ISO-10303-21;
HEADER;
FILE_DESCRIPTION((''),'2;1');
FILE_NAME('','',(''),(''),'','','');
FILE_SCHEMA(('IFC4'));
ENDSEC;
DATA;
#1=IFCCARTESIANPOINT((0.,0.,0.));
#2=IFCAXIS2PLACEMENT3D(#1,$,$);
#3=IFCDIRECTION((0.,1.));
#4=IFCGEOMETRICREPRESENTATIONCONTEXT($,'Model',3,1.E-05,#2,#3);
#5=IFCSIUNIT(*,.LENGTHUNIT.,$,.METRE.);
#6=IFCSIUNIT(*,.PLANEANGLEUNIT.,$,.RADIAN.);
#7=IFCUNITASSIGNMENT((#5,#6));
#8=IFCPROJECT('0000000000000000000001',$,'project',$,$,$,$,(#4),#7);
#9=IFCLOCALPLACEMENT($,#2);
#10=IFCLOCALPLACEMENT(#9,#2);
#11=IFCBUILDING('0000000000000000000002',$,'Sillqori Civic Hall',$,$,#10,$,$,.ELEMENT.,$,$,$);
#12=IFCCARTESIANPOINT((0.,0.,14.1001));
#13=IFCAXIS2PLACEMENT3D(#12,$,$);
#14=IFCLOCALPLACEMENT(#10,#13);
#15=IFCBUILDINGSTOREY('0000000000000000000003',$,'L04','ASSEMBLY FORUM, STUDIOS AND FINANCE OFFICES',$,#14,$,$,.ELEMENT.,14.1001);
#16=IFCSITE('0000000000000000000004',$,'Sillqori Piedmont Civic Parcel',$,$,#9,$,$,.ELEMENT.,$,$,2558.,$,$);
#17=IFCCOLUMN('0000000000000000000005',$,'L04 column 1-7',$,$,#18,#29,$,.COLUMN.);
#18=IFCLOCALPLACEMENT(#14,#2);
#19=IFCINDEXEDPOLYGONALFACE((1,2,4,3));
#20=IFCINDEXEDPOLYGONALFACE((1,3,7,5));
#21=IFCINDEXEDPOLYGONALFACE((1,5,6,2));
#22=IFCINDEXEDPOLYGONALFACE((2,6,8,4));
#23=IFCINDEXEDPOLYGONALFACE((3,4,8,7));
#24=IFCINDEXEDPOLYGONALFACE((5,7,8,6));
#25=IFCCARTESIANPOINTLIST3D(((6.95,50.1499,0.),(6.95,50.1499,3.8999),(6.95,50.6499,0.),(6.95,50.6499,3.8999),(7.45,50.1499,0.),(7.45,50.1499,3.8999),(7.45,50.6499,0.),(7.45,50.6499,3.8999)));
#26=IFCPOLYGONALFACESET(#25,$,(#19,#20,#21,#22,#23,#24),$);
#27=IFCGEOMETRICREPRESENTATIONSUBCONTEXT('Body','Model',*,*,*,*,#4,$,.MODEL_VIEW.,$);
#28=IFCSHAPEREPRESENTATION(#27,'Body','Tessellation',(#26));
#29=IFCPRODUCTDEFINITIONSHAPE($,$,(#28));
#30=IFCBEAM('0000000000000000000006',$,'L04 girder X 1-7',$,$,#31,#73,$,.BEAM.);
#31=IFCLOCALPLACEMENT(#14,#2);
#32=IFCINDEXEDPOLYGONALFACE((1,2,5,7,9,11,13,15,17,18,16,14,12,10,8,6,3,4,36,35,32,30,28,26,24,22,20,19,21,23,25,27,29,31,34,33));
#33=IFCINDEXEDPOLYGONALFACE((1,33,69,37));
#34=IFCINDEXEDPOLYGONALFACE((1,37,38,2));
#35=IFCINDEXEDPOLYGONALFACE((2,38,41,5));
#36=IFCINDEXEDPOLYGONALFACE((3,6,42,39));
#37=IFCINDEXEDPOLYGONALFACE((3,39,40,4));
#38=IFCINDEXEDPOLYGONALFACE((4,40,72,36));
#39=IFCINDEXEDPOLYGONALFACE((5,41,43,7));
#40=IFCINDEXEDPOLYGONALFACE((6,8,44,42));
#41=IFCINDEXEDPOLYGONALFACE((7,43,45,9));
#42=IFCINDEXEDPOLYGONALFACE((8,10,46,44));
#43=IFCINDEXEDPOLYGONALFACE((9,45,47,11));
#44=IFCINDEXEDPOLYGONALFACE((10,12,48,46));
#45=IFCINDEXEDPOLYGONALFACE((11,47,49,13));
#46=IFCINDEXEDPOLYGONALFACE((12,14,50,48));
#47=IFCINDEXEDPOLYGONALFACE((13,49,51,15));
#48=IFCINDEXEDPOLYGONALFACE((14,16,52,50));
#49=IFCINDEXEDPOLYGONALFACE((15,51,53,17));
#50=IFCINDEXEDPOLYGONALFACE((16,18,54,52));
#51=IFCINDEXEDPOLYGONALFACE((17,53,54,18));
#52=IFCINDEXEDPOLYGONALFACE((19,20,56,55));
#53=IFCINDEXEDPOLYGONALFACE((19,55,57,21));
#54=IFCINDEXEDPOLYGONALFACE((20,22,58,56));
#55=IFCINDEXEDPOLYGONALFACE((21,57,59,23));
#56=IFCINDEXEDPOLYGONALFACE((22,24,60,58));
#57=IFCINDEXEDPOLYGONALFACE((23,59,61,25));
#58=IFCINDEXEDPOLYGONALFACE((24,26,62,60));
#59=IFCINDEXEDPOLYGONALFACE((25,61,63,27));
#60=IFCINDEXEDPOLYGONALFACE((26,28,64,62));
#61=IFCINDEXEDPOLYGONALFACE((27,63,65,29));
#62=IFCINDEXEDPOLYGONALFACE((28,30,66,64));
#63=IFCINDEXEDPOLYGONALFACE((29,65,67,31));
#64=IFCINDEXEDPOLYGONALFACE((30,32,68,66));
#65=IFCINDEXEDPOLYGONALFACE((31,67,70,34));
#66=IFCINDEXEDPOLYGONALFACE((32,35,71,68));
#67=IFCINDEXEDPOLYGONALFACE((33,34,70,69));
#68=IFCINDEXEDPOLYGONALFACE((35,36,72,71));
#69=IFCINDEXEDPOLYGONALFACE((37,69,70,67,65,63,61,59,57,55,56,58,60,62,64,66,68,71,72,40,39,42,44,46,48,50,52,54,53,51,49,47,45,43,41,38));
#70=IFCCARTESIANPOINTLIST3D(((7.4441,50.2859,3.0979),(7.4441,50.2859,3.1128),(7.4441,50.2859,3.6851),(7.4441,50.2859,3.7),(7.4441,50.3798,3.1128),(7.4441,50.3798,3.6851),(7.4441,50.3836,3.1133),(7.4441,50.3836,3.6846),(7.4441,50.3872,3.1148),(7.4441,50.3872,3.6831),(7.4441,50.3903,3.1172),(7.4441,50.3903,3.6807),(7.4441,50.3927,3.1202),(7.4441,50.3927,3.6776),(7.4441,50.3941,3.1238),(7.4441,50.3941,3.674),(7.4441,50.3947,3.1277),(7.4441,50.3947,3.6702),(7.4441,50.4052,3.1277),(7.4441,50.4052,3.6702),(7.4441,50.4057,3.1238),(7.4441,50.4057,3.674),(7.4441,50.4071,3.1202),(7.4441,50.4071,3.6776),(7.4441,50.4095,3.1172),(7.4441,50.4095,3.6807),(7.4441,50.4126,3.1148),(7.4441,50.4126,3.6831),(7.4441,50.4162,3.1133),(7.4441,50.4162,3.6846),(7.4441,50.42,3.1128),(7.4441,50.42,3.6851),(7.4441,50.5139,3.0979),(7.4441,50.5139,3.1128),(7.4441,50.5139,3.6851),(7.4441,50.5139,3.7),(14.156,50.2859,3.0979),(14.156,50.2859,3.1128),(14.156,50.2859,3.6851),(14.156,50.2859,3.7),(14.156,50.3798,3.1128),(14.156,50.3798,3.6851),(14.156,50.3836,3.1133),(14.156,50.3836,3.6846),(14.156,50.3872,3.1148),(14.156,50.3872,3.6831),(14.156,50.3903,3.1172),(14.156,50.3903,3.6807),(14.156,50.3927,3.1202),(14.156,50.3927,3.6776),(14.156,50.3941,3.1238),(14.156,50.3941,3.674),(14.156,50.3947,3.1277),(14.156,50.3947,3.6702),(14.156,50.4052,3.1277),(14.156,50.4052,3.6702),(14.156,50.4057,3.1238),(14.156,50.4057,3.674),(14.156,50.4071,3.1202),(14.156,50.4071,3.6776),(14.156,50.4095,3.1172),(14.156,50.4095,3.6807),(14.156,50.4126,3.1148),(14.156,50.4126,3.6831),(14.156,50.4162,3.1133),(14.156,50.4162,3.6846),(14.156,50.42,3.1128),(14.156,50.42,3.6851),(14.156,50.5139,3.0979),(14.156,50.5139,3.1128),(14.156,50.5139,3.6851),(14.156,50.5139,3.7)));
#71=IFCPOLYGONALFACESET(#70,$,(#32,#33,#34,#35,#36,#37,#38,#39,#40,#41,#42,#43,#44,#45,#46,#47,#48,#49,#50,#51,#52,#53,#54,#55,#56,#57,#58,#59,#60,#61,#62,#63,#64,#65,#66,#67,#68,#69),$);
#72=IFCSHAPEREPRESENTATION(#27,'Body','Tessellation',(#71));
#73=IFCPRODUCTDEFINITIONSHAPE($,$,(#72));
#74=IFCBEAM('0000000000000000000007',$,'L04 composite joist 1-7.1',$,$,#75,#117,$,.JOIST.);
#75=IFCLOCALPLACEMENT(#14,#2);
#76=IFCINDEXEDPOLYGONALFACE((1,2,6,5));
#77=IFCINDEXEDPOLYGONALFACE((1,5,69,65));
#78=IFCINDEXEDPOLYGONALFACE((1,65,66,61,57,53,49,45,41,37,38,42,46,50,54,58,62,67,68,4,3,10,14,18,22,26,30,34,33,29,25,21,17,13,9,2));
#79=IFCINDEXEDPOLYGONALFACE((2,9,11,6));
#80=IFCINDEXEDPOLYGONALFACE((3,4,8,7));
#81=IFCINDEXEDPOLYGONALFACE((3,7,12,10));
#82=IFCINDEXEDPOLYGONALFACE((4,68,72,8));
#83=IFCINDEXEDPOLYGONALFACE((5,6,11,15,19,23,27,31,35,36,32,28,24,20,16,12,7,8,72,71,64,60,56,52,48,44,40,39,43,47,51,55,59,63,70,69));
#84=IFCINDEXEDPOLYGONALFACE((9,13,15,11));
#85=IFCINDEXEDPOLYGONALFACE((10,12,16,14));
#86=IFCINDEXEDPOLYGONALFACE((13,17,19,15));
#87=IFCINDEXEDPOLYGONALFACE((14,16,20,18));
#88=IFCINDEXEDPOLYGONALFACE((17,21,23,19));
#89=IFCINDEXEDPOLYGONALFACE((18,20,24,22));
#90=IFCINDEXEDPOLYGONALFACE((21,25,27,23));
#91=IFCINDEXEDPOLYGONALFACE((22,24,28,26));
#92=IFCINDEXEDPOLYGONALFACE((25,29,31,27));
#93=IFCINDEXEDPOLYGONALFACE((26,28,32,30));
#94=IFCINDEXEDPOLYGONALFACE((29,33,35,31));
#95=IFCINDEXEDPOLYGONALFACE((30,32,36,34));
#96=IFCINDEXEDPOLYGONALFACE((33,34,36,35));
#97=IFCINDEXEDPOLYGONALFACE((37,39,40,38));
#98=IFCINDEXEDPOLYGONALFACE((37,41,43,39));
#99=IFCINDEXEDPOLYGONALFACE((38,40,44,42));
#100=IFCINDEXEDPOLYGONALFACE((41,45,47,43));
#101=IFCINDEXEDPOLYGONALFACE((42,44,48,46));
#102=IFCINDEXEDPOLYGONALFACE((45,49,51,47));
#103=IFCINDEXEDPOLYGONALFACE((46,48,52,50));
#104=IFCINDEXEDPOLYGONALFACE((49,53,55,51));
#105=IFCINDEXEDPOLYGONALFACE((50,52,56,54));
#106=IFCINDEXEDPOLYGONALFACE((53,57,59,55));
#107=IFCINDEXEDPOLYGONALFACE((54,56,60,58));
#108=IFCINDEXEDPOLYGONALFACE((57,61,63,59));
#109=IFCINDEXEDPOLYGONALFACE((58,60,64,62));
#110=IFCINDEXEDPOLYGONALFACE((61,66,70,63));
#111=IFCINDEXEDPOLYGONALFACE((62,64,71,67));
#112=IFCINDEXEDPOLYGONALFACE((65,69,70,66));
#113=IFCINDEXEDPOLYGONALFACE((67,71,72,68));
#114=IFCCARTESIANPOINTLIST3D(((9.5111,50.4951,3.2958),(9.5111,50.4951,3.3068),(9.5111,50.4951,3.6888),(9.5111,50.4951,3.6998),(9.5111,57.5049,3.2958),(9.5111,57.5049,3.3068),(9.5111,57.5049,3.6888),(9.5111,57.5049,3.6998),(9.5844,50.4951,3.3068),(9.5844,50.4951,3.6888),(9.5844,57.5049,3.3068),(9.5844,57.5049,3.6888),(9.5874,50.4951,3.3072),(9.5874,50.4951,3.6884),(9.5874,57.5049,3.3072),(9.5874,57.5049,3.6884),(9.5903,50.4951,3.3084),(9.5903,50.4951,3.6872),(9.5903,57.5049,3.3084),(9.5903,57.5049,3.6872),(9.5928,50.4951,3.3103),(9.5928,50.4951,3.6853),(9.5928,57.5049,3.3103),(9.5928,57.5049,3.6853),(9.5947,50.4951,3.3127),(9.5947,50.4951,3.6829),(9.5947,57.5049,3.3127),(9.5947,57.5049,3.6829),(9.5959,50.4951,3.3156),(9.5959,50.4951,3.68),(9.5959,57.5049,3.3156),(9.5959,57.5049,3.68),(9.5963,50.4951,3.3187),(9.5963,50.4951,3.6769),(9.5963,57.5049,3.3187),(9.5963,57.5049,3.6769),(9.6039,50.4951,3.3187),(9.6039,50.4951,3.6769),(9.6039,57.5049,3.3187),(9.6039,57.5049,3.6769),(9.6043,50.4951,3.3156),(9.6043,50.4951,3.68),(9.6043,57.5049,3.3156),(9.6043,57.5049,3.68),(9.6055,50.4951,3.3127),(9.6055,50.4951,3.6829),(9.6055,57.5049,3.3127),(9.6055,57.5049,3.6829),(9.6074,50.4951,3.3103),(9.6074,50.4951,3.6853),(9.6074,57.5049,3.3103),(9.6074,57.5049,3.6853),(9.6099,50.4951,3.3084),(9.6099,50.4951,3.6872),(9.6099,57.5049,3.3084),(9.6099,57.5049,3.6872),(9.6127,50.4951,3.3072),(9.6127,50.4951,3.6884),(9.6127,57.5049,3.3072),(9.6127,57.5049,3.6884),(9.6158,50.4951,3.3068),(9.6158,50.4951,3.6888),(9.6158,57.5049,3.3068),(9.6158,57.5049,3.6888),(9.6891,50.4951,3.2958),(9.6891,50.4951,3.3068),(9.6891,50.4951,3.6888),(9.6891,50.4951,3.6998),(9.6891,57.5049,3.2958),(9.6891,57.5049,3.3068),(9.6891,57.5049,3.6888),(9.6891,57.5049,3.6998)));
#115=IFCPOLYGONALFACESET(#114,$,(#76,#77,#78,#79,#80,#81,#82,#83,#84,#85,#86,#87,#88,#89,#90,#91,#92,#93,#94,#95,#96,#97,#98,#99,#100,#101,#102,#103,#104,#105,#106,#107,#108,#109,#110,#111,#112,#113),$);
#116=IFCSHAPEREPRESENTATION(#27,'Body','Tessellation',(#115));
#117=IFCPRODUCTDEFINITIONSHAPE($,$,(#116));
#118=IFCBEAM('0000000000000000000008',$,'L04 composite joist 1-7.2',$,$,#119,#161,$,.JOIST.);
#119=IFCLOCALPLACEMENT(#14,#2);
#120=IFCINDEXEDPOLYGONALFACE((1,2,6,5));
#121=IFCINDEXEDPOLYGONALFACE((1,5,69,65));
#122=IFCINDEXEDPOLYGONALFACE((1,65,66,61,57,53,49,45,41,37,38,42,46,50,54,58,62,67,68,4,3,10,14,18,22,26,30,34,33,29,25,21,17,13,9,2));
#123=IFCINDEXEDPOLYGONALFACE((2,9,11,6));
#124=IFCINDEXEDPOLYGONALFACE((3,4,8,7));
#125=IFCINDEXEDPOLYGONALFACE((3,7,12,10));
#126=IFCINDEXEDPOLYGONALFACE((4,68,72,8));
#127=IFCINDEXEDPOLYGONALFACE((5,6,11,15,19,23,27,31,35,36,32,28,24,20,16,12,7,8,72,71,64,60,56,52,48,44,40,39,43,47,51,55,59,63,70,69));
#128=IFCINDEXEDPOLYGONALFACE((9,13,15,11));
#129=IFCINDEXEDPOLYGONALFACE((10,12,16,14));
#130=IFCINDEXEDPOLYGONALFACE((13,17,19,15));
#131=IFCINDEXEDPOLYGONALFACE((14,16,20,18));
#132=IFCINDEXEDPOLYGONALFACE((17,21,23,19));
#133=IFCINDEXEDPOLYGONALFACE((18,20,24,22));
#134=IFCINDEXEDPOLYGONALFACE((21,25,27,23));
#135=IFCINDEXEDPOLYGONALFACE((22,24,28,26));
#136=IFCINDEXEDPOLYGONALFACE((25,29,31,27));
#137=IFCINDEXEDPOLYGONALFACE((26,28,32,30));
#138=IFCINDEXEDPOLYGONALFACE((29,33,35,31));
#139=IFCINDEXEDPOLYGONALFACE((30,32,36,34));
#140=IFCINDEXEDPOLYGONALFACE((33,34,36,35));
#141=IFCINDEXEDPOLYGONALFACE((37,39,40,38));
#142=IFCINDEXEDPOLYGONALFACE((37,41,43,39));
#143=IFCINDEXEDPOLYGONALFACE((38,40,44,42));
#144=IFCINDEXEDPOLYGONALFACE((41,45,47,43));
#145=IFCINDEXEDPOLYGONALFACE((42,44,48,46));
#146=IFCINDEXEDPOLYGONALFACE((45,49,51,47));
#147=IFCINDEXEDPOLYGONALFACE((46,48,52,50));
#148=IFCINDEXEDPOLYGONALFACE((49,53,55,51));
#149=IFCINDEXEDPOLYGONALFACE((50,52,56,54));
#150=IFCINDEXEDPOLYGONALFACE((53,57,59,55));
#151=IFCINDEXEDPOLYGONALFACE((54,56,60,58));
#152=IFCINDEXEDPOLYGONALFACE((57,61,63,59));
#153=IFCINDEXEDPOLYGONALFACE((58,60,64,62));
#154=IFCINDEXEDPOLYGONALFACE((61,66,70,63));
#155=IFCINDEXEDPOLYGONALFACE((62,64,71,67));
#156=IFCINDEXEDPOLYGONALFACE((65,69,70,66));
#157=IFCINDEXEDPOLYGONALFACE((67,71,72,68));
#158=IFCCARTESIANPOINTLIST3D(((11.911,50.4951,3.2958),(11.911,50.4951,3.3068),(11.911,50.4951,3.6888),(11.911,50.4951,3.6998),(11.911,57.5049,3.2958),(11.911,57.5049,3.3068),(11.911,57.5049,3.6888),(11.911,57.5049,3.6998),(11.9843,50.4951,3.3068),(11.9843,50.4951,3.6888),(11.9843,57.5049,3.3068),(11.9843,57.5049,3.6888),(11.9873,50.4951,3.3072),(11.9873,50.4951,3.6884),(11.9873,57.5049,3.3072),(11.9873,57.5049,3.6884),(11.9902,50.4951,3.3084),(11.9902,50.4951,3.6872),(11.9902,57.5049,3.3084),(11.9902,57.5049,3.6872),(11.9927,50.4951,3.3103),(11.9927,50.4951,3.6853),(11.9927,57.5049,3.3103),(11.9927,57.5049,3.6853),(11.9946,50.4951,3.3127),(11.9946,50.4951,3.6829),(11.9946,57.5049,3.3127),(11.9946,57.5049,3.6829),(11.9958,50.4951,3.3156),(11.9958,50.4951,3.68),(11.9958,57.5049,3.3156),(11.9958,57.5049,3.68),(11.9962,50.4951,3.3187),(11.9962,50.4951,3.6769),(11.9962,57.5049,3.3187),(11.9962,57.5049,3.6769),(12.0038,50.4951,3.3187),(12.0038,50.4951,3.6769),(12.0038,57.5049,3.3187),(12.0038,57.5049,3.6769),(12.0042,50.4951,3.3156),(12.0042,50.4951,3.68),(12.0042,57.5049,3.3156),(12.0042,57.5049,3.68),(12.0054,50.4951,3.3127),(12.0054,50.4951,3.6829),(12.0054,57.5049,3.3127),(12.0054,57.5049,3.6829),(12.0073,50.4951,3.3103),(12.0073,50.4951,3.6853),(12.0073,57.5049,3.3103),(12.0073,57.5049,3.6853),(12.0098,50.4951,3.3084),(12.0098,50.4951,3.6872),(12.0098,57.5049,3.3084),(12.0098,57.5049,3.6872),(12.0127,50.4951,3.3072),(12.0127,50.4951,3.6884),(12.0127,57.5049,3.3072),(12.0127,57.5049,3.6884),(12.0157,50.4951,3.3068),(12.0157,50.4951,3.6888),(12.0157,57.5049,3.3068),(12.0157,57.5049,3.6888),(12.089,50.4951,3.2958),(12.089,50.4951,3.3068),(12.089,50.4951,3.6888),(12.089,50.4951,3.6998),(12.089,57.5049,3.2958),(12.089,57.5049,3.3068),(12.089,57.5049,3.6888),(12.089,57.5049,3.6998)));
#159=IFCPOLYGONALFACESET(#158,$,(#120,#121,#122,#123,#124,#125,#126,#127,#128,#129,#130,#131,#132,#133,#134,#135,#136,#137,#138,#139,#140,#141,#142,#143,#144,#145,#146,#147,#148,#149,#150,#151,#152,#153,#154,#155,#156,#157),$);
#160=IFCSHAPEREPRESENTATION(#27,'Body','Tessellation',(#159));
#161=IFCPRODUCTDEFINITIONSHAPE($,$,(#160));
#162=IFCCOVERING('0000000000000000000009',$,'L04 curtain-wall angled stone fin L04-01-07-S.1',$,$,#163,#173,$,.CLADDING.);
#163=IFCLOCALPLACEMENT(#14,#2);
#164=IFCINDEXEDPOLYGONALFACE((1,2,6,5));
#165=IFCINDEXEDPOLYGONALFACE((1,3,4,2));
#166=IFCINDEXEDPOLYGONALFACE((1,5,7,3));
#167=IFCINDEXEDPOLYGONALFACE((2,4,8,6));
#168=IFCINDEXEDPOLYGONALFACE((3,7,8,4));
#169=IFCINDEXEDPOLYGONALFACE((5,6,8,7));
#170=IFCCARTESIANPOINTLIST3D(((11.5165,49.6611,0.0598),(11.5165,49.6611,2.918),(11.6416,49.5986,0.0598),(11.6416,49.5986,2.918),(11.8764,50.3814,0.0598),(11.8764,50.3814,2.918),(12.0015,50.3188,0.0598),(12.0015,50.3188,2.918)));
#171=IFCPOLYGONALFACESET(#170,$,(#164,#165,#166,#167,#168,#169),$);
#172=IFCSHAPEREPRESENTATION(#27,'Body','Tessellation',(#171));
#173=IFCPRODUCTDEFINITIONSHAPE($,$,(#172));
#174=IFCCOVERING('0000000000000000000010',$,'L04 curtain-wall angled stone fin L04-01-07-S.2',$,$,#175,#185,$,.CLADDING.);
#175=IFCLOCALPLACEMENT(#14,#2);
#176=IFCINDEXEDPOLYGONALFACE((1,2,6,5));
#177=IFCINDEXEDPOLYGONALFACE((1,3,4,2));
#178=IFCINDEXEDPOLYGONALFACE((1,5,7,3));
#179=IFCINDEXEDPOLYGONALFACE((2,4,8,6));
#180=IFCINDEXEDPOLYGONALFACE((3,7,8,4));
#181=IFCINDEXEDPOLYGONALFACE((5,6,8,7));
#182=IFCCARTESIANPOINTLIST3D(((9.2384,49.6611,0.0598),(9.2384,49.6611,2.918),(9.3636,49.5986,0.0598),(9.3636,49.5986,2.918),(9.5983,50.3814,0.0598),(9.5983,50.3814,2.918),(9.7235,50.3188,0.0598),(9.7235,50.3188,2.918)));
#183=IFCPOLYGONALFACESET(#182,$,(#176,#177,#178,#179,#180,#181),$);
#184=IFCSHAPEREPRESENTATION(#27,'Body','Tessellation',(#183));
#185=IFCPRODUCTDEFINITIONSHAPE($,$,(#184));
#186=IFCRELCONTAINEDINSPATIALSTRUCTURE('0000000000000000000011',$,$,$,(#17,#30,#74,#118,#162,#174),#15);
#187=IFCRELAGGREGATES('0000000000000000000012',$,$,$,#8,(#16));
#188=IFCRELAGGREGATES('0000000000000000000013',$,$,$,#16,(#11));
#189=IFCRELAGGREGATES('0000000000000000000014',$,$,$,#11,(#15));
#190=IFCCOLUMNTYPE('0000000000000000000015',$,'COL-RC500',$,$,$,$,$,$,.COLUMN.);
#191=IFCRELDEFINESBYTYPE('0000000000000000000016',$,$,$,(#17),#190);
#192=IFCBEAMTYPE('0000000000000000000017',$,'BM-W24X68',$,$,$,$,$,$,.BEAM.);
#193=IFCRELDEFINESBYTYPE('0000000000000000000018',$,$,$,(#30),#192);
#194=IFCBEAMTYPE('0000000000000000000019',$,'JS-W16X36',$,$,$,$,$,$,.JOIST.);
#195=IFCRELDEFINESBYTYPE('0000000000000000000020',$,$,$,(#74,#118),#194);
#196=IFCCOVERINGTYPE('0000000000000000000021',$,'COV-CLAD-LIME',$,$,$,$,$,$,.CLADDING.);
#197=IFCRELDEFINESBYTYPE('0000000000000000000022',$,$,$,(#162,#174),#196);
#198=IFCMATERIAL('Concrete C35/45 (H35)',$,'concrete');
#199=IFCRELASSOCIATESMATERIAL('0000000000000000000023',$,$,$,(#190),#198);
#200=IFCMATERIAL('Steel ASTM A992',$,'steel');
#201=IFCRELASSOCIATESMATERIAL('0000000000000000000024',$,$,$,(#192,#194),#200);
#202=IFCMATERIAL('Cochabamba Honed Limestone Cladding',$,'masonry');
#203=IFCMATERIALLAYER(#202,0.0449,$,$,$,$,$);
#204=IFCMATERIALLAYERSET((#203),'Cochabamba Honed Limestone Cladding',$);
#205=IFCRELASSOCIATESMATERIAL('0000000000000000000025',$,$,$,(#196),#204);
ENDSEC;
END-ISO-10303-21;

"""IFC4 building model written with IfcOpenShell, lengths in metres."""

from ifc_helpers import new_model, si_unit, direction, frame, frame_2d, origin, origin_2d, place, context, subcontext, project, spatial, rectangle, i_section, extrude, material, layer, layer_set, material_profile, profile_set, type_object, element, save


model = new_model("IFC4")

# Units and contexts
model_context = context("Model", 3, precision=1e-05, world=origin(), true_north=direction((0.0, 1.0)))
body_context = subcontext(model_context, "Body", "Model", "MODEL_VIEW")
ifc_project = project(units=[si_unit("LENGTHUNIT", "METRE"), si_unit("PLANEANGLEUNIT", "RADIAN")], contexts=[model_context])

# Site, building, storey
site_placement = place(None, origin())
site = spatial("IfcSite", under=ifc_project, at=site_placement, Name="Sillqori Piedmont Civic Parcel", CompositionType="ELEMENT", RefElevation=2558.0)
building_placement = place(site_placement, origin())
building = spatial("IfcBuilding", under=site, at=building_placement, Name="Sillqori Civic Hall", CompositionType="ELEMENT")
storey_placement = place(building_placement, frame((0.0, 0.0, 14.1001)))
storey = spatial("IfcBuildingStorey", under=building, at=storey_placement, Name="L04", Description="ASSEMBLY FORUM, STUDIOS AND FINANCE OFFICES", CompositionType="ELEMENT", Elevation=14.1001)

# Column
ifc_material_1 = material(Name="Concrete C35/45 (H35)", Category="concrete")
ifc_material_profile_1 = material_profile(ifc_material_1, rectangle(XDim=0.5, YDim=0.5, at=origin_2d()), Name="RC 500x500")
ifc_profile_set_1 = profile_set([ifc_material_profile_1], Name="Concrete C35/45 (H35)")
column_type = type_object("IfcColumnType", Name="COL-RC500", PredefinedType="COLUMN", material=ifc_profile_set_1)
column_placement = place(storey_placement, frame((7.2, 50.3999, 0.0), z_axis=(0.0, 0.0, 1.0), x_axis=(1.0, 0.0, 0.0)))
element("IfcColumn", 1, at=column_placement, inside=storey, type_object=column_type, Name="L04 column 1-7", PredefinedType="COLUMN", context=body_context, shape_type="SweptSolid", body=[
    extrude(rectangle(XDim=0.5, YDim=0.5, at=origin_2d()), origin(), (0.0, 0.0, 1.0), 3.8999),
])

# Beam
ifc_material_2 = material(Name="Steel ASTM A992", Category="steel")
ifc_material_profile_2 = material_profile(ifc_material_2, i_section(OverallWidth=0.228, OverallDepth=0.6021, WebThickness=0.0105, FlangeThickness=0.0149, FilletRadius=0.0149, at=origin_2d()), Name="W24X68")
ifc_profile_set_2 = profile_set([ifc_material_profile_2], Name="Steel ASTM A992")
beam_type_1 = type_object("IfcBeamType", Name="BM-W24X68", PredefinedType="BEAM", material=ifc_profile_set_2)
beam_placement = place(storey_placement, frame((7.4441, 50.3999, 3.3989), z_axis=(1.0, 0.0, 0.0), x_axis=(0.0, 1.0, 0.0)))
element("IfcBeam", 2, at=beam_placement, inside=storey, type_object=beam_type_1, Name="L04 girder X 1-7", PredefinedType="BEAM", context=body_context, shape_type="SweptSolid", body=[
    extrude(i_section(OverallWidth=0.228, OverallDepth=0.6021, WebThickness=0.0105, FlangeThickness=0.0149, FilletRadius=0.0149, at=origin_2d()), origin(), (0.0, 0.0, 1.0), 6.7119),
])

# Beams
ifc_material_profile_3 = material_profile(ifc_material_2, i_section(OverallWidth=0.178, OverallDepth=0.4041, WebThickness=0.0076, FlangeThickness=0.011, FilletRadius=0.012, at=origin_2d()), Name="W16X36")
ifc_profile_set_3 = profile_set([ifc_material_profile_3], Name="Steel ASTM A992")
beam_type_2 = type_object("IfcBeamType", Name="JS-W16X36", PredefinedType="JOIST", material=ifc_profile_set_3)
for number, where, z_axis, x_axis, name in (
    (3, (9.6001, 50.4951, 3.4978), (0.0, 1.0, 0.0), (-1.0, 0.0, 0.0), "L04 composite joist 1-7.1"),
    (4, (12.0, 50.4951, 3.4978), (0.0, 1.0, 0.0), (-1.0, 0.0, 0.0), "L04 composite joist 1-7.2"),
):
    element("IfcBeam", number, at=place(storey_placement, frame(where, z_axis=z_axis, x_axis=x_axis)), inside=storey, type_object=beam_type_2, Name=name, PredefinedType="JOIST", context=body_context, shape_type="SweptSolid", body=[
        extrude(i_section(OverallWidth=0.178, OverallDepth=0.4041, WebThickness=0.0076, FlangeThickness=0.011, FilletRadius=0.012, at=origin_2d()), origin(), (0.0, 0.0, 1.0), 7.0098),
    ])

# Coverings
ifc_material_3 = material(Name="Cochabamba Honed Limestone Cladding", Category="masonry")
ifc_layer_1 = layer(ifc_material_3, 0.0449)
ifc_layer_set_1 = layer_set([ifc_layer_1], Name="Cochabamba Honed Limestone Cladding")
covering_type = type_object("IfcCoveringType", Name="COV-CLAD-LIME", PredefinedType="CLADDING", material=ifc_layer_set_1)
for number, where, z_axis, x_axis, name in (
    (5, (11.939, 50.3501, 0.0598), (0.0, 0.0, 1.0), (-0.446971, -0.894548, 0.0), "L04 curtain-wall angled stone fin L04-01-07-S.1"),
    (6, (9.6609, 50.3501, 0.0598), (0.0, 0.0, 1.0), (-0.446971, -0.894548, 0.0), "L04 curtain-wall angled stone fin L04-01-07-S.2"),
):
    element("IfcCovering", number, at=place(storey_placement, frame(where, z_axis=z_axis, x_axis=x_axis)), inside=storey, type_object=covering_type, Name=name, PredefinedType="CLADDING", context=body_context, shape_type="SweptSolid", body=[
        extrude(rectangle(XDim=0.8052, YDim=0.1399, at=frame_2d((0.4026, 0.0))), origin(), (0.0, 0.0, 1.0), 2.8582),
    ])

save(model, "model.ifc")
